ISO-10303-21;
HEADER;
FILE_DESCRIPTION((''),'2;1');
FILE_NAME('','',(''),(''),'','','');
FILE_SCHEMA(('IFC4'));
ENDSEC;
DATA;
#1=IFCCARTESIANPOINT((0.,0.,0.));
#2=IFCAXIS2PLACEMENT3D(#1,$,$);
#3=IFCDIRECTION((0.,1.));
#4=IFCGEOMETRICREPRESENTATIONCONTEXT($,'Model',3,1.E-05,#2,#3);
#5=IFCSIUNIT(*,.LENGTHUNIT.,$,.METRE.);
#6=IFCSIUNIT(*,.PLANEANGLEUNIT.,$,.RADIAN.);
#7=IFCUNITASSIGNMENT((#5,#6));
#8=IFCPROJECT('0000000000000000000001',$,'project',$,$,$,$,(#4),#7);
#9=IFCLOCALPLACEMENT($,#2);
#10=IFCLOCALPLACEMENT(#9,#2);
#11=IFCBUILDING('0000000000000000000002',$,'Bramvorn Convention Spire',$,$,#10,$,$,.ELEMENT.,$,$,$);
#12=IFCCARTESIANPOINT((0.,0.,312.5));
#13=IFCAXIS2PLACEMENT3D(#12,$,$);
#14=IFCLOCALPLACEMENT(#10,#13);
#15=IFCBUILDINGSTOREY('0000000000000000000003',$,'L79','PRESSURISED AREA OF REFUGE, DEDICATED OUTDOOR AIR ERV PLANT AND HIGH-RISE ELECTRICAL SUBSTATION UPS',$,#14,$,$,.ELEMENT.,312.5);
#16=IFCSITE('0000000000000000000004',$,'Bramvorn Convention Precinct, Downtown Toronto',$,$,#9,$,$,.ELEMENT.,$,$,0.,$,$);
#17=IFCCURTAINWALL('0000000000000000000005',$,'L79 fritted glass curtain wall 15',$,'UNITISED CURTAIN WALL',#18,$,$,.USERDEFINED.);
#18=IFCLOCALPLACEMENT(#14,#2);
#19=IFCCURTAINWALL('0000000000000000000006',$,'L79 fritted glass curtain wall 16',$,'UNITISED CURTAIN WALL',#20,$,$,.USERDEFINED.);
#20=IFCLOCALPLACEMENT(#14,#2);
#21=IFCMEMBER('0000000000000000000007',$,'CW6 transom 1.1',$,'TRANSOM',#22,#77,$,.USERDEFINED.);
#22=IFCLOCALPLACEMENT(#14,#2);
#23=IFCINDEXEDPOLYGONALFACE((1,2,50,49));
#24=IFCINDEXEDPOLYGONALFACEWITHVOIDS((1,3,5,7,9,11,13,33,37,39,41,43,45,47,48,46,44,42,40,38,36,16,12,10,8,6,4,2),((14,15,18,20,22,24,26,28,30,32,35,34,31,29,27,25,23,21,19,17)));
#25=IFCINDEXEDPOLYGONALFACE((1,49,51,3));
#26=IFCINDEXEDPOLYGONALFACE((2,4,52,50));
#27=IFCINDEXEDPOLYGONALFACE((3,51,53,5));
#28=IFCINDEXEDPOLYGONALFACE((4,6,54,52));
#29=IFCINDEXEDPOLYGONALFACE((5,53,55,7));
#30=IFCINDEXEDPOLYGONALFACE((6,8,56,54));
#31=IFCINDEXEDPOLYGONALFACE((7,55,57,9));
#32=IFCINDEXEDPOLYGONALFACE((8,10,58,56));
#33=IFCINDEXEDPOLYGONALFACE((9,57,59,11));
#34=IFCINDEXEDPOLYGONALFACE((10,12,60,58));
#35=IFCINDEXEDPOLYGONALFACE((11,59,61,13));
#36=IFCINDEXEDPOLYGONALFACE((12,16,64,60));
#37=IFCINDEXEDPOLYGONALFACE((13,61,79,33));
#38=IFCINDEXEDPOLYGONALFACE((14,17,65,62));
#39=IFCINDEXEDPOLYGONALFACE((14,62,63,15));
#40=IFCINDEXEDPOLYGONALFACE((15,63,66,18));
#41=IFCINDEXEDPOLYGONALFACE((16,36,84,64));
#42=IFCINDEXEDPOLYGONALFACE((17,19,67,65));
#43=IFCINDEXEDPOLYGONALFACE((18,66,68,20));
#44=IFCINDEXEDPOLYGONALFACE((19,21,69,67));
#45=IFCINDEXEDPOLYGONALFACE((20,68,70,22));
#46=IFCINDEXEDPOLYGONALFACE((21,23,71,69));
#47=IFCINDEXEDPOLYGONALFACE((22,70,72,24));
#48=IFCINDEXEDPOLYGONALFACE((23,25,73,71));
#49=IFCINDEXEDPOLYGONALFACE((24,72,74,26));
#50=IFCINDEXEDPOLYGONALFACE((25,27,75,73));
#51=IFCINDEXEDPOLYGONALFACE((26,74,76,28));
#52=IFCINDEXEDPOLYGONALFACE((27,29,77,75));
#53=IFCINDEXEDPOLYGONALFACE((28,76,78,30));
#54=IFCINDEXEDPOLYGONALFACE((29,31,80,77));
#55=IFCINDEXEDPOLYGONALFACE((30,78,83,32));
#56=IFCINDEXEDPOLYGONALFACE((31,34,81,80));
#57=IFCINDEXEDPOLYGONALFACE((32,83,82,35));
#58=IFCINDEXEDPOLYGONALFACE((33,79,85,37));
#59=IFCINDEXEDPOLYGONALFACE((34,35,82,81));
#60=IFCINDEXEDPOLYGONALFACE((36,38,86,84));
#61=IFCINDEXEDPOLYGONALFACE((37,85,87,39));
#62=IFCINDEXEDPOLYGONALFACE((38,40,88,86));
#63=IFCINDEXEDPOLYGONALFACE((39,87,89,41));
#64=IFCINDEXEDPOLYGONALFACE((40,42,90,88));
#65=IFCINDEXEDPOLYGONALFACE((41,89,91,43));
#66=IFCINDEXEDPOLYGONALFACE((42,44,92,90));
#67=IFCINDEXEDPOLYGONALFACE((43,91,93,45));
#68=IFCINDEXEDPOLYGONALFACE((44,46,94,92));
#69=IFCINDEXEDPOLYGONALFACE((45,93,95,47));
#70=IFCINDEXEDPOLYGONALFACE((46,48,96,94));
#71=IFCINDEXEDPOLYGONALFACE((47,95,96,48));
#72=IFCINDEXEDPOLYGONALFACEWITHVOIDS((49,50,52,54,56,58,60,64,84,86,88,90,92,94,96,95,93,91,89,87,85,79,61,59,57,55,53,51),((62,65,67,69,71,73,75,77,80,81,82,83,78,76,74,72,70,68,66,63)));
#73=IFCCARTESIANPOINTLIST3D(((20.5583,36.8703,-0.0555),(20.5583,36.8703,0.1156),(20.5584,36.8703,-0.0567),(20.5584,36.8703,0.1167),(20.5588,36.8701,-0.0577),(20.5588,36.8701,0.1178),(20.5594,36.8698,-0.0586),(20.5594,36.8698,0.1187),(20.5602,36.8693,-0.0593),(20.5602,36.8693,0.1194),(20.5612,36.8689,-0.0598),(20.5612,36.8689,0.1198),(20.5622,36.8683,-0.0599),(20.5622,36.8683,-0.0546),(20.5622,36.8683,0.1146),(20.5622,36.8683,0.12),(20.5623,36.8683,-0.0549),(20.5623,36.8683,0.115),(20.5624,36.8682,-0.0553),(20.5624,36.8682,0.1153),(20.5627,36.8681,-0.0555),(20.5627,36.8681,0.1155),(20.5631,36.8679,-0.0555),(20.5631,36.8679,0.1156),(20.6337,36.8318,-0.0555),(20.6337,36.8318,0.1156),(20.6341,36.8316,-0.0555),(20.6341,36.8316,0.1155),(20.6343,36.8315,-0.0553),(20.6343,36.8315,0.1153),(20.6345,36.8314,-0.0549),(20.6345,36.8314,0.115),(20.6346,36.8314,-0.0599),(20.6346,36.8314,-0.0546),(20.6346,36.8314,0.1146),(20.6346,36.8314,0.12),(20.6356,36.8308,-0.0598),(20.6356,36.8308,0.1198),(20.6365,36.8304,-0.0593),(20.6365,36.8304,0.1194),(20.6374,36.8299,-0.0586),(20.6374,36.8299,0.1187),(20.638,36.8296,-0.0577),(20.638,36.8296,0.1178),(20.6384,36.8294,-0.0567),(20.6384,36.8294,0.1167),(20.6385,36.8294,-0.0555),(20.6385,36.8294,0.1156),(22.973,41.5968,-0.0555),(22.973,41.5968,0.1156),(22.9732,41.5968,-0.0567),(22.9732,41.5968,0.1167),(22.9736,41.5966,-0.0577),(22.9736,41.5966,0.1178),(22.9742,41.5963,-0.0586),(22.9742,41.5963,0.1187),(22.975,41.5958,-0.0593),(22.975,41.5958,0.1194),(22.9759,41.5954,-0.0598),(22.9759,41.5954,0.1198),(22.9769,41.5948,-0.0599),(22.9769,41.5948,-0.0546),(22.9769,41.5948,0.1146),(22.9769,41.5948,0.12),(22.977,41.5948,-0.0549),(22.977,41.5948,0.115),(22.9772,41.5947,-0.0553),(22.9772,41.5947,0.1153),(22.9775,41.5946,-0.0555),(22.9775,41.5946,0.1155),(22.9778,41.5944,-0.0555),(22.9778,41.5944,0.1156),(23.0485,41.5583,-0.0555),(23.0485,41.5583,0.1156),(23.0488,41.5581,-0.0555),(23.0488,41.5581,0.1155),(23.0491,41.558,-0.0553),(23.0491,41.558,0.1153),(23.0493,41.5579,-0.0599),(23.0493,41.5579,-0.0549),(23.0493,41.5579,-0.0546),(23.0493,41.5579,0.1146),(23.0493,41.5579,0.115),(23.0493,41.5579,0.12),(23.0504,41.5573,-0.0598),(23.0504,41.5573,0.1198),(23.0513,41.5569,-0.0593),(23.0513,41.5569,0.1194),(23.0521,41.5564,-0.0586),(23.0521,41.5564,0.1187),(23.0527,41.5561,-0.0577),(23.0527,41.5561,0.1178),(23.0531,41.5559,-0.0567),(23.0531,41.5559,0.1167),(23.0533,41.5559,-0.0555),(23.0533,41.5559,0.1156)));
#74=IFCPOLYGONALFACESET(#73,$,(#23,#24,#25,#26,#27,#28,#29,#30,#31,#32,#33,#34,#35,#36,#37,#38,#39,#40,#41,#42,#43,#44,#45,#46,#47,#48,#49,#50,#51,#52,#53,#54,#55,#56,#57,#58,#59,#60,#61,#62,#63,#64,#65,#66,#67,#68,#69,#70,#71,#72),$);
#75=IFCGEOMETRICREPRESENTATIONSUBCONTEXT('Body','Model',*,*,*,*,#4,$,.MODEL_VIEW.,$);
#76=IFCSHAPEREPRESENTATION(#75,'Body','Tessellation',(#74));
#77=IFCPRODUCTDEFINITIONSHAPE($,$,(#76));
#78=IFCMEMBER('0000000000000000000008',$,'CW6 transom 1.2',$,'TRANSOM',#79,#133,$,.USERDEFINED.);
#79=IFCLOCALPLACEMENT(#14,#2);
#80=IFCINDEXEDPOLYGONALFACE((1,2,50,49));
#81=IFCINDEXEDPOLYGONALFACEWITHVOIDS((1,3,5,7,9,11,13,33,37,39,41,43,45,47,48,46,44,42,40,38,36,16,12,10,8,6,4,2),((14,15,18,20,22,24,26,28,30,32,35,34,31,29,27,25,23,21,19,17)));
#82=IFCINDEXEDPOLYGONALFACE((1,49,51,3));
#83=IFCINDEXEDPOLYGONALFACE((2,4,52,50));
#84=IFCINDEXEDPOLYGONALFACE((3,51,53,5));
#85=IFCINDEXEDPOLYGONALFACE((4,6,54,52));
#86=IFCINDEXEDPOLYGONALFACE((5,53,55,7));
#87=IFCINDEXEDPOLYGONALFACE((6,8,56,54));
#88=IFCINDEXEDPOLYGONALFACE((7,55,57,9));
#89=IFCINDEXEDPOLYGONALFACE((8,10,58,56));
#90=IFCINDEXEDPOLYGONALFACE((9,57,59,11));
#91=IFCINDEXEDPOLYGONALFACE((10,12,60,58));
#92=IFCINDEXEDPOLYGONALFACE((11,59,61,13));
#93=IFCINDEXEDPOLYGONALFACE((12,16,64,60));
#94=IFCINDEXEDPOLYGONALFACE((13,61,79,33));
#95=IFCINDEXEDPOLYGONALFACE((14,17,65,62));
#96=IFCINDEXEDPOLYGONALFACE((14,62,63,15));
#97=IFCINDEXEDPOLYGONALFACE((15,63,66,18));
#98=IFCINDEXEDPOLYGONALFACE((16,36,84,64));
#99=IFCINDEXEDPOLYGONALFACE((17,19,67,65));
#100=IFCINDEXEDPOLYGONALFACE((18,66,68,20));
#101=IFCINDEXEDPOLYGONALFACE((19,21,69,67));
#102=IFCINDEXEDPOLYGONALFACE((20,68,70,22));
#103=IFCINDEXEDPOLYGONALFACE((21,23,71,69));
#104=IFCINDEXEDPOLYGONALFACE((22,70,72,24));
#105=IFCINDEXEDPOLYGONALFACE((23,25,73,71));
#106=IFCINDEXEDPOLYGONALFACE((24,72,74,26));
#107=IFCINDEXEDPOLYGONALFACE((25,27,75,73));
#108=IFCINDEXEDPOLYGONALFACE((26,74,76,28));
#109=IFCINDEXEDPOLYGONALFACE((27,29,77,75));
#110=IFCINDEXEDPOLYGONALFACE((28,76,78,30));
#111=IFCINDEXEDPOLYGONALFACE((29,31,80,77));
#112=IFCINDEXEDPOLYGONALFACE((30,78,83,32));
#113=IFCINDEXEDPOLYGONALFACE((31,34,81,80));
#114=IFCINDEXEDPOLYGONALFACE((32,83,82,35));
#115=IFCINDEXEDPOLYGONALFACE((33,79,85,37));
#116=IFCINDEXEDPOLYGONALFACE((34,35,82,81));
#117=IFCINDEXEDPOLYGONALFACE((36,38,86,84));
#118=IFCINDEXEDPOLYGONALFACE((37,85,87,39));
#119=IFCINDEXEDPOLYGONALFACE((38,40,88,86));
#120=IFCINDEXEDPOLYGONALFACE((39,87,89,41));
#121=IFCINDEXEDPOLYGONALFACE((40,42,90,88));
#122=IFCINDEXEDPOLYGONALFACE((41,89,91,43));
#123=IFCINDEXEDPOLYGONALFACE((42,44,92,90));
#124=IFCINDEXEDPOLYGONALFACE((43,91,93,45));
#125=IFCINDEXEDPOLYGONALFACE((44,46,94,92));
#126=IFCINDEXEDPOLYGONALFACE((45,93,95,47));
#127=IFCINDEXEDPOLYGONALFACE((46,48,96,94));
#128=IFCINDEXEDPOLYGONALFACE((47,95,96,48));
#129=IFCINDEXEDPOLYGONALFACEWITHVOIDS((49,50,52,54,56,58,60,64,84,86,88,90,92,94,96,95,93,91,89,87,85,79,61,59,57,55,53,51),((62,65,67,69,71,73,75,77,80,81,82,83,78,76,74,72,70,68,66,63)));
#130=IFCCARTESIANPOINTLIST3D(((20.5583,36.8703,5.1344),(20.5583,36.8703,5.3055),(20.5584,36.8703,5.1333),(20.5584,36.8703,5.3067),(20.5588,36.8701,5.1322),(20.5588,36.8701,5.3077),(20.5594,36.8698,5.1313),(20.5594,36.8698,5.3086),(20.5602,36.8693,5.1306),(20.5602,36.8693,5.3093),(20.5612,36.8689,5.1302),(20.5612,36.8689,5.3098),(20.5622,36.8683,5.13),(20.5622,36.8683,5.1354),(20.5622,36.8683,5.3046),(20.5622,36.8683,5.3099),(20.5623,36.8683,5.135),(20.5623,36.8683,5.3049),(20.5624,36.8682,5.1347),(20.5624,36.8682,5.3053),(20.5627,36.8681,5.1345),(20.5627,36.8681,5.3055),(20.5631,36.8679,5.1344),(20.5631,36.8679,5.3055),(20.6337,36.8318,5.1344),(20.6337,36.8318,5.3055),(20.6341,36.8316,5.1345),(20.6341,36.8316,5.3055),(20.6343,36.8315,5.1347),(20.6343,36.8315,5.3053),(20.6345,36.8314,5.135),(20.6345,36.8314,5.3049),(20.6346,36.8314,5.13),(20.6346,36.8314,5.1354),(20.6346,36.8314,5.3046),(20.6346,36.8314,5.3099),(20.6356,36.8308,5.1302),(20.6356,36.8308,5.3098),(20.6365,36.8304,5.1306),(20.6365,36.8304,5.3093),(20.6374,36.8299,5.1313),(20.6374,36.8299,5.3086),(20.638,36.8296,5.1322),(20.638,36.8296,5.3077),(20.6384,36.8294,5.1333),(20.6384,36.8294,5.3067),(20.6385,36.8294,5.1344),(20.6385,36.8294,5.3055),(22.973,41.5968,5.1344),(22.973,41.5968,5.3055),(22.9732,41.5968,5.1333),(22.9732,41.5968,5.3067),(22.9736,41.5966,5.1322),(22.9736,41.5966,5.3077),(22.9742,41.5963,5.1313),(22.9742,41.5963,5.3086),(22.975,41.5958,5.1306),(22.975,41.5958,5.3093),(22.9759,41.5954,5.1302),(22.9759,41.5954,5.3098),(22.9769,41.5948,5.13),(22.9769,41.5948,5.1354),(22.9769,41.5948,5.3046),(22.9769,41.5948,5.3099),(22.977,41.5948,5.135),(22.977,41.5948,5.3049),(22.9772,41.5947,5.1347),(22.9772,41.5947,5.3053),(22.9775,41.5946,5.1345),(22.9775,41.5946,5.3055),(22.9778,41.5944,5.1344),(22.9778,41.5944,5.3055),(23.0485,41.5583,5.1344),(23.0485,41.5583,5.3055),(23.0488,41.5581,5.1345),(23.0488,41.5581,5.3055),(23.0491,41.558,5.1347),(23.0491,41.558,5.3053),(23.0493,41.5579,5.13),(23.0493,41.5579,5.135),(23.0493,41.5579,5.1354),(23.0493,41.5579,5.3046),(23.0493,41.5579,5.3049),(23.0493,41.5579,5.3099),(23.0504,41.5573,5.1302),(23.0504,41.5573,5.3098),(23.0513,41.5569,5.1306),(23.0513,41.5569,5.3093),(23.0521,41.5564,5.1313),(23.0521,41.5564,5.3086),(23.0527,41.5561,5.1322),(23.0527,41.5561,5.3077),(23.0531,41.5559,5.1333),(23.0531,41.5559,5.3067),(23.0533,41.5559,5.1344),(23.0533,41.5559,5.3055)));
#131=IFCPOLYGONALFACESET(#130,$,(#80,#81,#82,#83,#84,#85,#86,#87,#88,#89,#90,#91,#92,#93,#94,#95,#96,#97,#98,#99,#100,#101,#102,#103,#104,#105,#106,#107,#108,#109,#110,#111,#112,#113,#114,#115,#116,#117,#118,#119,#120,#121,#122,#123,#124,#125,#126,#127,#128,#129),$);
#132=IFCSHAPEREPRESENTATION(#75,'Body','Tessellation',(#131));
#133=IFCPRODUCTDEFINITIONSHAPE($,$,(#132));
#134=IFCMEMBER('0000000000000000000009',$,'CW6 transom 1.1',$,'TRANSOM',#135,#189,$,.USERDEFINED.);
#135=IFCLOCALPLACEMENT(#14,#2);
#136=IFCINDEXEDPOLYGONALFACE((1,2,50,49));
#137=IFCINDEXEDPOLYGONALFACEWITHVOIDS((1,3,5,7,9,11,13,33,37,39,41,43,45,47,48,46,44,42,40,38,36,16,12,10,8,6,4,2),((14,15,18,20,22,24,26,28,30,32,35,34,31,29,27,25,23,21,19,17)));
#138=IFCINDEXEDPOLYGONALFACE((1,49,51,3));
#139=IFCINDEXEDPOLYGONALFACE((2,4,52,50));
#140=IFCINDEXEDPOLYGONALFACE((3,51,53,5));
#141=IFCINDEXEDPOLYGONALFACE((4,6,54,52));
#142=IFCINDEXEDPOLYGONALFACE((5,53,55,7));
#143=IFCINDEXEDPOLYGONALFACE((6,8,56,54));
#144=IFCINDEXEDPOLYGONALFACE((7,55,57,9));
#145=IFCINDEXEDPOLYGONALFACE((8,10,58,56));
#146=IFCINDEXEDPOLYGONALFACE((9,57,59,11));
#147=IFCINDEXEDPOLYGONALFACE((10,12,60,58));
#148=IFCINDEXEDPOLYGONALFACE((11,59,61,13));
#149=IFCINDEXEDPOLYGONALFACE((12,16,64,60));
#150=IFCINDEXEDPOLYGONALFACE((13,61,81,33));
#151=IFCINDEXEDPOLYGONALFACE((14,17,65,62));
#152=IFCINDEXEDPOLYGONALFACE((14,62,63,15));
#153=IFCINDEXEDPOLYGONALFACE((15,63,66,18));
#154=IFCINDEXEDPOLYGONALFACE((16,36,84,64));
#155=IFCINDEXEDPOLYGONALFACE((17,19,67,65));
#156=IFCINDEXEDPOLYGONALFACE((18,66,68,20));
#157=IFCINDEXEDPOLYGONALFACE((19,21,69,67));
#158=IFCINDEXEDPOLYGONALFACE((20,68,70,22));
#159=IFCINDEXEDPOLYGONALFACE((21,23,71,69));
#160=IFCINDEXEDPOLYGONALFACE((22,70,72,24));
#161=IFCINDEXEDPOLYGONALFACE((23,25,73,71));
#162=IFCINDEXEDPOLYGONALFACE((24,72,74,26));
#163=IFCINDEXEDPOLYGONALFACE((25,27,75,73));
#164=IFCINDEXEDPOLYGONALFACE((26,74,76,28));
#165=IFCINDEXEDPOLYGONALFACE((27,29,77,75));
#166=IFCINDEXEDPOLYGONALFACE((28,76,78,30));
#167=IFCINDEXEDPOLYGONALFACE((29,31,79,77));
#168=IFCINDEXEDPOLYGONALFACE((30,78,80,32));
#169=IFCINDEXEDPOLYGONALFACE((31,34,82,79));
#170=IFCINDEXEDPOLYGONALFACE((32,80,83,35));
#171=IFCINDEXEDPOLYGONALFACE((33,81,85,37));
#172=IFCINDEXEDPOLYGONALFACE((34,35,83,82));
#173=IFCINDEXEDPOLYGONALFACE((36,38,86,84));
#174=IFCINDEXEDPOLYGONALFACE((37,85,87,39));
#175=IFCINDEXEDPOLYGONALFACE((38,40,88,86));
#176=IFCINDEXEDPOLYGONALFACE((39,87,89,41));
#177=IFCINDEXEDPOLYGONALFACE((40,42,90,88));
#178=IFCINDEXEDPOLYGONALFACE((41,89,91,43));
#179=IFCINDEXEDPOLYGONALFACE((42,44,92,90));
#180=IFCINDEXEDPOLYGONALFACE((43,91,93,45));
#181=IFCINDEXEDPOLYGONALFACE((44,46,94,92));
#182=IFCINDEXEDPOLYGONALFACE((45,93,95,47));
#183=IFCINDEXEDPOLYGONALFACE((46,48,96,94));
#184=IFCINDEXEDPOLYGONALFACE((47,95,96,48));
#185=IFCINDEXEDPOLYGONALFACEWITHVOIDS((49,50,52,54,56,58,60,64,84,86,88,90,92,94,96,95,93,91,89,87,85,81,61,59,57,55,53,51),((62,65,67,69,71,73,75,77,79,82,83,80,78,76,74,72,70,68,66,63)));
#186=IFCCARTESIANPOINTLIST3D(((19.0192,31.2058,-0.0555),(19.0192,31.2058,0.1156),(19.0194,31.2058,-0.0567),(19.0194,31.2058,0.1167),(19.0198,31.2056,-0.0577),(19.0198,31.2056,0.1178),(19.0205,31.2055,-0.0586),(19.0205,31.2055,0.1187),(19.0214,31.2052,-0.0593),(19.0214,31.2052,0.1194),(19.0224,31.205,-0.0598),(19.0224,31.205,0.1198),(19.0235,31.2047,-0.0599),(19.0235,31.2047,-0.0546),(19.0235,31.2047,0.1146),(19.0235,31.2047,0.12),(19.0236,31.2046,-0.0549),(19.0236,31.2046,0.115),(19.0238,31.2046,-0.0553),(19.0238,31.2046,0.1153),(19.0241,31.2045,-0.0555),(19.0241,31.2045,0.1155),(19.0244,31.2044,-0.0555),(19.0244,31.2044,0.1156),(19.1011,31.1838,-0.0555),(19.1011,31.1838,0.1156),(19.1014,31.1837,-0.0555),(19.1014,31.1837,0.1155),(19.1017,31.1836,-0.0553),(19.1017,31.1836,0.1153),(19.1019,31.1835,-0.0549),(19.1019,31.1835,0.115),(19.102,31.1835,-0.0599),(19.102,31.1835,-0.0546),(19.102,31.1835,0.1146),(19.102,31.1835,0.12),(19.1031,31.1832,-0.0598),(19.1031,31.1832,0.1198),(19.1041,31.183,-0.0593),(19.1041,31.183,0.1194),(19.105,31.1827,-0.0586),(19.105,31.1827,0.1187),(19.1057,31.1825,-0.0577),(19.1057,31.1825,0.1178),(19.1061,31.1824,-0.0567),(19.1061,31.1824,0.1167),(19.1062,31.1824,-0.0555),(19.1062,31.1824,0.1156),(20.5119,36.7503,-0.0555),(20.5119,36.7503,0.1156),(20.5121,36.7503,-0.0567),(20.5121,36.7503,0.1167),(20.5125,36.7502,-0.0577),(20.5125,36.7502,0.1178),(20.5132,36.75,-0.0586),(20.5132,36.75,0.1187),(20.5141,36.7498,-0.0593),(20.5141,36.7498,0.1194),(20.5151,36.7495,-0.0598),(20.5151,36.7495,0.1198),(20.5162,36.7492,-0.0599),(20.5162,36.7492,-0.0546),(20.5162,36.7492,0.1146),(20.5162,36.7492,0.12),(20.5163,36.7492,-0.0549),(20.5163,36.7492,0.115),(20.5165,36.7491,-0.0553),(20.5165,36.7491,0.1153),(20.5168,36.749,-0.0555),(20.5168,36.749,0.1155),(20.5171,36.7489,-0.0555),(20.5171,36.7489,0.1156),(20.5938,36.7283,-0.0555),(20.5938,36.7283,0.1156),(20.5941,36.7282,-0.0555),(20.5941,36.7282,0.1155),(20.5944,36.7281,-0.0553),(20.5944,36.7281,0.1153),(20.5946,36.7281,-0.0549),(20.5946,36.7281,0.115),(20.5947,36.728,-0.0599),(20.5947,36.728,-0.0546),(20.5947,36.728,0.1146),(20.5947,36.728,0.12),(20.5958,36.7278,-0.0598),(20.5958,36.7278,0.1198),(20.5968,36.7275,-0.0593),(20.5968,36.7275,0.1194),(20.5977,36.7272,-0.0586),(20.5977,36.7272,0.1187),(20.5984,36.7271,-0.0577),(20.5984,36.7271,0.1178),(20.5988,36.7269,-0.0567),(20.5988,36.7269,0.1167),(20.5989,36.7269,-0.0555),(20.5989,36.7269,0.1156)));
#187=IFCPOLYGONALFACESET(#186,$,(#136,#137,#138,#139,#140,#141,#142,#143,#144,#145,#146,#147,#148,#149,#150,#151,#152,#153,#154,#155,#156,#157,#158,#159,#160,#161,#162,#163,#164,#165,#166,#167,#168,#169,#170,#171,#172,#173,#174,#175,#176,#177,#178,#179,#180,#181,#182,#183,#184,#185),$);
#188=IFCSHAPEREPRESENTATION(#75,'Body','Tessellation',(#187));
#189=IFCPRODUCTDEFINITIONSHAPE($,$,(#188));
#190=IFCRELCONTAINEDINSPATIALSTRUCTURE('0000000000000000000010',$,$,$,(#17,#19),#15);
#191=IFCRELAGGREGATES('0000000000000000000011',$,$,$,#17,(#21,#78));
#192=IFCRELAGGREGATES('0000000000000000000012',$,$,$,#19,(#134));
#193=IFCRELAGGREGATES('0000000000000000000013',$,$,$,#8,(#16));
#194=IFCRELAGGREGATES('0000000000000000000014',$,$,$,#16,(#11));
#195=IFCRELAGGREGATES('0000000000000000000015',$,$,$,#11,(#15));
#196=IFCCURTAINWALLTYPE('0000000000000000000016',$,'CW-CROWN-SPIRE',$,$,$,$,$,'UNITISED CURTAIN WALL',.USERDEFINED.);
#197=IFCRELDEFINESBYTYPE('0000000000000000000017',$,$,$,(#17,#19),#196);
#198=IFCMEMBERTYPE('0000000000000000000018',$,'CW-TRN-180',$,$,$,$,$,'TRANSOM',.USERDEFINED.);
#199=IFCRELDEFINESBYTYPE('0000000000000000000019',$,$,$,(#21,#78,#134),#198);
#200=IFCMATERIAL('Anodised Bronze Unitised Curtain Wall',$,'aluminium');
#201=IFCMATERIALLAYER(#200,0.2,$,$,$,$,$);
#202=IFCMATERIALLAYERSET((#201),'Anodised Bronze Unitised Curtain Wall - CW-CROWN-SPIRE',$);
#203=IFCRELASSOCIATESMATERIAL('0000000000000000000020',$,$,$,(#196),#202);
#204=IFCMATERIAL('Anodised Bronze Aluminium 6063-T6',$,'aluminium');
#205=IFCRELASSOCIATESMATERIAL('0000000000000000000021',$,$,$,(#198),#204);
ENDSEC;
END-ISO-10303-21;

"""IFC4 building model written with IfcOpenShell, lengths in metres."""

from ifc_helpers import new_model, si_unit, direction, frame, origin, origin_2d, place, context, subcontext, project, spatial, hollow_rectangle, extrude, material, layer, layer_set, material_profile, profile_set, type_object, element, aggregate, save


model = new_model("IFC4")

# Units and contexts
model_context = context("Model", 3, precision=1e-05, world=origin(), true_north=direction((0.0, 1.0)))
body_context = subcontext(model_context, "Body", "Model", "MODEL_VIEW")
ifc_project = project(units=[si_unit("LENGTHUNIT", "METRE"), si_unit("PLANEANGLEUNIT", "RADIAN")], contexts=[model_context])

# Site, building, storey
site_placement = place(None, origin())
site = spatial("IfcSite", under=ifc_project, at=site_placement, Name="Bramvorn Convention Precinct, Downtown Toronto", CompositionType="ELEMENT", RefElevation=0.0)
building_placement = place(site_placement, origin())
building = spatial("IfcBuilding", under=site, at=building_placement, Name="Bramvorn Convention Spire", CompositionType="ELEMENT")
storey_placement = place(building_placement, frame((0.0, 0.0, 312.5)))
storey = spatial("IfcBuildingStorey", under=building, at=storey_placement, Name="L79", Description="PRESSURISED AREA OF REFUGE, DEDICATED OUTDOOR AIR ERV PLANT AND HIGH-RISE ELECTRICAL SUBSTATION UPS", CompositionType="ELEMENT", Elevation=312.5)

# Curtain wall
ifc_material_1 = material(Name="Anodised Bronze Unitised Curtain Wall", Category="aluminium")
ifc_layer_1 = layer(ifc_material_1, 0.2)
ifc_layer_set_1 = layer_set([ifc_layer_1], Name="Anodised Bronze Unitised Curtain Wall - CW-CROWN-SPIRE")
curtain_wall_type = type_object("IfcCurtainWallType", Name="CW-CROWN-SPIRE", ElementType="UNITISED CURTAIN WALL", PredefinedType="USERDEFINED", material=ifc_layer_set_1)
curtain_wall_1_placement = place(storey_placement, origin())
curtain_wall_1 = element("IfcCurtainWall", 1, at=curtain_wall_1_placement, inside=storey, type_object=curtain_wall_type, Name="L79 fritted glass curtain wall 15", ObjectType="UNITISED CURTAIN WALL", PredefinedType="USERDEFINED")
ifc_material_2 = material(Name="Anodised Bronze Aluminium 6063-T6", Category="aluminium")

# Curtain wall
curtain_wall_2_placement = place(storey_placement, origin())
curtain_wall_2 = element("IfcCurtainWall", 2, at=curtain_wall_2_placement, inside=storey, type_object=curtain_wall_type, Name="L79 fritted glass curtain wall 16", ObjectType="UNITISED CURTAIN WALL", PredefinedType="USERDEFINED")

# Members
ifc_material_profile_1 = material_profile(ifc_material_2, hollow_rectangle(XDim=0.0901, YDim=0.1799, WallThickness=0.0044, InnerFilletRadius=0.001, OuterFilletRadius=0.0044, at=origin_2d()))
ifc_profile_set_1 = profile_set([ifc_material_profile_1], Name="Anodised Bronze Aluminium 6063-T6 - CWT90X180")
member_type_1 = type_object("IfcMemberType", Name="CW-TRN-180", ElementType="TRANSOM", PredefinedType="USERDEFINED", material=ifc_profile_set_1)
member_1_placement = place(storey_placement, frame((20.5984, 36.8499, 0.03), z_axis=(0.454961, 0.890511, 0.0), x_axis=(-0.890511, 0.454961, 0.0)))
member_1 = element("IfcMember", 3, at=member_1_placement, type_object=member_type_1, Name="CW6 transom 1.1", ObjectType="TRANSOM", PredefinedType="USERDEFINED", context=body_context, shape_type="SweptSolid", body=[
    extrude(hollow_rectangle(XDim=0.0901, YDim=0.1799, WallThickness=0.0044, InnerFilletRadius=0.001, OuterFilletRadius=0.0044, at=origin_2d()), origin(), (0.0, 0.0, 1.0), 5.3076),
])
member_2_placement = place(storey_placement, frame((20.5984, 36.8499, 5.22), z_axis=(0.454961, 0.890511, 0.0), x_axis=(-0.890511, 0.454961, 0.0)))
member_2 = element("IfcMember", 4, at=member_2_placement, type_object=member_type_1, Name="CW6 transom 1.2", ObjectType="TRANSOM", PredefinedType="USERDEFINED", context=body_context, shape_type="SweptSolid", body=[
    extrude(hollow_rectangle(XDim=0.0901, YDim=0.1799, WallThickness=0.0044, InnerFilletRadius=0.001, OuterFilletRadius=0.0044, at=origin_2d()), origin(), (0.0, 0.0, 1.0), 5.3076),
])
aggregate(curtain_wall_1, [member_1, member_2])
member_3_placement = place(storey_placement, frame((19.0627, 31.1941, 0.03), z_axis=(0.259964, 0.965618, 0.0), x_axis=(-0.965618, 0.259964, 0.0)))
member_3 = element("IfcMember", 5, at=member_3_placement, type_object=member_type_1, Name="CW6 transom 1.1", ObjectType="TRANSOM", PredefinedType="USERDEFINED", context=body_context, shape_type="SweptSolid", body=[
    extrude(hollow_rectangle(XDim=0.0901, YDim=0.1799, WallThickness=0.0044, InnerFilletRadius=0.001, OuterFilletRadius=0.0044, at=origin_2d()), origin(), (0.0, 0.0, 1.0), 5.7419),
])

aggregate(curtain_wall_2, [member_3])

save(model, "model.ifc")
